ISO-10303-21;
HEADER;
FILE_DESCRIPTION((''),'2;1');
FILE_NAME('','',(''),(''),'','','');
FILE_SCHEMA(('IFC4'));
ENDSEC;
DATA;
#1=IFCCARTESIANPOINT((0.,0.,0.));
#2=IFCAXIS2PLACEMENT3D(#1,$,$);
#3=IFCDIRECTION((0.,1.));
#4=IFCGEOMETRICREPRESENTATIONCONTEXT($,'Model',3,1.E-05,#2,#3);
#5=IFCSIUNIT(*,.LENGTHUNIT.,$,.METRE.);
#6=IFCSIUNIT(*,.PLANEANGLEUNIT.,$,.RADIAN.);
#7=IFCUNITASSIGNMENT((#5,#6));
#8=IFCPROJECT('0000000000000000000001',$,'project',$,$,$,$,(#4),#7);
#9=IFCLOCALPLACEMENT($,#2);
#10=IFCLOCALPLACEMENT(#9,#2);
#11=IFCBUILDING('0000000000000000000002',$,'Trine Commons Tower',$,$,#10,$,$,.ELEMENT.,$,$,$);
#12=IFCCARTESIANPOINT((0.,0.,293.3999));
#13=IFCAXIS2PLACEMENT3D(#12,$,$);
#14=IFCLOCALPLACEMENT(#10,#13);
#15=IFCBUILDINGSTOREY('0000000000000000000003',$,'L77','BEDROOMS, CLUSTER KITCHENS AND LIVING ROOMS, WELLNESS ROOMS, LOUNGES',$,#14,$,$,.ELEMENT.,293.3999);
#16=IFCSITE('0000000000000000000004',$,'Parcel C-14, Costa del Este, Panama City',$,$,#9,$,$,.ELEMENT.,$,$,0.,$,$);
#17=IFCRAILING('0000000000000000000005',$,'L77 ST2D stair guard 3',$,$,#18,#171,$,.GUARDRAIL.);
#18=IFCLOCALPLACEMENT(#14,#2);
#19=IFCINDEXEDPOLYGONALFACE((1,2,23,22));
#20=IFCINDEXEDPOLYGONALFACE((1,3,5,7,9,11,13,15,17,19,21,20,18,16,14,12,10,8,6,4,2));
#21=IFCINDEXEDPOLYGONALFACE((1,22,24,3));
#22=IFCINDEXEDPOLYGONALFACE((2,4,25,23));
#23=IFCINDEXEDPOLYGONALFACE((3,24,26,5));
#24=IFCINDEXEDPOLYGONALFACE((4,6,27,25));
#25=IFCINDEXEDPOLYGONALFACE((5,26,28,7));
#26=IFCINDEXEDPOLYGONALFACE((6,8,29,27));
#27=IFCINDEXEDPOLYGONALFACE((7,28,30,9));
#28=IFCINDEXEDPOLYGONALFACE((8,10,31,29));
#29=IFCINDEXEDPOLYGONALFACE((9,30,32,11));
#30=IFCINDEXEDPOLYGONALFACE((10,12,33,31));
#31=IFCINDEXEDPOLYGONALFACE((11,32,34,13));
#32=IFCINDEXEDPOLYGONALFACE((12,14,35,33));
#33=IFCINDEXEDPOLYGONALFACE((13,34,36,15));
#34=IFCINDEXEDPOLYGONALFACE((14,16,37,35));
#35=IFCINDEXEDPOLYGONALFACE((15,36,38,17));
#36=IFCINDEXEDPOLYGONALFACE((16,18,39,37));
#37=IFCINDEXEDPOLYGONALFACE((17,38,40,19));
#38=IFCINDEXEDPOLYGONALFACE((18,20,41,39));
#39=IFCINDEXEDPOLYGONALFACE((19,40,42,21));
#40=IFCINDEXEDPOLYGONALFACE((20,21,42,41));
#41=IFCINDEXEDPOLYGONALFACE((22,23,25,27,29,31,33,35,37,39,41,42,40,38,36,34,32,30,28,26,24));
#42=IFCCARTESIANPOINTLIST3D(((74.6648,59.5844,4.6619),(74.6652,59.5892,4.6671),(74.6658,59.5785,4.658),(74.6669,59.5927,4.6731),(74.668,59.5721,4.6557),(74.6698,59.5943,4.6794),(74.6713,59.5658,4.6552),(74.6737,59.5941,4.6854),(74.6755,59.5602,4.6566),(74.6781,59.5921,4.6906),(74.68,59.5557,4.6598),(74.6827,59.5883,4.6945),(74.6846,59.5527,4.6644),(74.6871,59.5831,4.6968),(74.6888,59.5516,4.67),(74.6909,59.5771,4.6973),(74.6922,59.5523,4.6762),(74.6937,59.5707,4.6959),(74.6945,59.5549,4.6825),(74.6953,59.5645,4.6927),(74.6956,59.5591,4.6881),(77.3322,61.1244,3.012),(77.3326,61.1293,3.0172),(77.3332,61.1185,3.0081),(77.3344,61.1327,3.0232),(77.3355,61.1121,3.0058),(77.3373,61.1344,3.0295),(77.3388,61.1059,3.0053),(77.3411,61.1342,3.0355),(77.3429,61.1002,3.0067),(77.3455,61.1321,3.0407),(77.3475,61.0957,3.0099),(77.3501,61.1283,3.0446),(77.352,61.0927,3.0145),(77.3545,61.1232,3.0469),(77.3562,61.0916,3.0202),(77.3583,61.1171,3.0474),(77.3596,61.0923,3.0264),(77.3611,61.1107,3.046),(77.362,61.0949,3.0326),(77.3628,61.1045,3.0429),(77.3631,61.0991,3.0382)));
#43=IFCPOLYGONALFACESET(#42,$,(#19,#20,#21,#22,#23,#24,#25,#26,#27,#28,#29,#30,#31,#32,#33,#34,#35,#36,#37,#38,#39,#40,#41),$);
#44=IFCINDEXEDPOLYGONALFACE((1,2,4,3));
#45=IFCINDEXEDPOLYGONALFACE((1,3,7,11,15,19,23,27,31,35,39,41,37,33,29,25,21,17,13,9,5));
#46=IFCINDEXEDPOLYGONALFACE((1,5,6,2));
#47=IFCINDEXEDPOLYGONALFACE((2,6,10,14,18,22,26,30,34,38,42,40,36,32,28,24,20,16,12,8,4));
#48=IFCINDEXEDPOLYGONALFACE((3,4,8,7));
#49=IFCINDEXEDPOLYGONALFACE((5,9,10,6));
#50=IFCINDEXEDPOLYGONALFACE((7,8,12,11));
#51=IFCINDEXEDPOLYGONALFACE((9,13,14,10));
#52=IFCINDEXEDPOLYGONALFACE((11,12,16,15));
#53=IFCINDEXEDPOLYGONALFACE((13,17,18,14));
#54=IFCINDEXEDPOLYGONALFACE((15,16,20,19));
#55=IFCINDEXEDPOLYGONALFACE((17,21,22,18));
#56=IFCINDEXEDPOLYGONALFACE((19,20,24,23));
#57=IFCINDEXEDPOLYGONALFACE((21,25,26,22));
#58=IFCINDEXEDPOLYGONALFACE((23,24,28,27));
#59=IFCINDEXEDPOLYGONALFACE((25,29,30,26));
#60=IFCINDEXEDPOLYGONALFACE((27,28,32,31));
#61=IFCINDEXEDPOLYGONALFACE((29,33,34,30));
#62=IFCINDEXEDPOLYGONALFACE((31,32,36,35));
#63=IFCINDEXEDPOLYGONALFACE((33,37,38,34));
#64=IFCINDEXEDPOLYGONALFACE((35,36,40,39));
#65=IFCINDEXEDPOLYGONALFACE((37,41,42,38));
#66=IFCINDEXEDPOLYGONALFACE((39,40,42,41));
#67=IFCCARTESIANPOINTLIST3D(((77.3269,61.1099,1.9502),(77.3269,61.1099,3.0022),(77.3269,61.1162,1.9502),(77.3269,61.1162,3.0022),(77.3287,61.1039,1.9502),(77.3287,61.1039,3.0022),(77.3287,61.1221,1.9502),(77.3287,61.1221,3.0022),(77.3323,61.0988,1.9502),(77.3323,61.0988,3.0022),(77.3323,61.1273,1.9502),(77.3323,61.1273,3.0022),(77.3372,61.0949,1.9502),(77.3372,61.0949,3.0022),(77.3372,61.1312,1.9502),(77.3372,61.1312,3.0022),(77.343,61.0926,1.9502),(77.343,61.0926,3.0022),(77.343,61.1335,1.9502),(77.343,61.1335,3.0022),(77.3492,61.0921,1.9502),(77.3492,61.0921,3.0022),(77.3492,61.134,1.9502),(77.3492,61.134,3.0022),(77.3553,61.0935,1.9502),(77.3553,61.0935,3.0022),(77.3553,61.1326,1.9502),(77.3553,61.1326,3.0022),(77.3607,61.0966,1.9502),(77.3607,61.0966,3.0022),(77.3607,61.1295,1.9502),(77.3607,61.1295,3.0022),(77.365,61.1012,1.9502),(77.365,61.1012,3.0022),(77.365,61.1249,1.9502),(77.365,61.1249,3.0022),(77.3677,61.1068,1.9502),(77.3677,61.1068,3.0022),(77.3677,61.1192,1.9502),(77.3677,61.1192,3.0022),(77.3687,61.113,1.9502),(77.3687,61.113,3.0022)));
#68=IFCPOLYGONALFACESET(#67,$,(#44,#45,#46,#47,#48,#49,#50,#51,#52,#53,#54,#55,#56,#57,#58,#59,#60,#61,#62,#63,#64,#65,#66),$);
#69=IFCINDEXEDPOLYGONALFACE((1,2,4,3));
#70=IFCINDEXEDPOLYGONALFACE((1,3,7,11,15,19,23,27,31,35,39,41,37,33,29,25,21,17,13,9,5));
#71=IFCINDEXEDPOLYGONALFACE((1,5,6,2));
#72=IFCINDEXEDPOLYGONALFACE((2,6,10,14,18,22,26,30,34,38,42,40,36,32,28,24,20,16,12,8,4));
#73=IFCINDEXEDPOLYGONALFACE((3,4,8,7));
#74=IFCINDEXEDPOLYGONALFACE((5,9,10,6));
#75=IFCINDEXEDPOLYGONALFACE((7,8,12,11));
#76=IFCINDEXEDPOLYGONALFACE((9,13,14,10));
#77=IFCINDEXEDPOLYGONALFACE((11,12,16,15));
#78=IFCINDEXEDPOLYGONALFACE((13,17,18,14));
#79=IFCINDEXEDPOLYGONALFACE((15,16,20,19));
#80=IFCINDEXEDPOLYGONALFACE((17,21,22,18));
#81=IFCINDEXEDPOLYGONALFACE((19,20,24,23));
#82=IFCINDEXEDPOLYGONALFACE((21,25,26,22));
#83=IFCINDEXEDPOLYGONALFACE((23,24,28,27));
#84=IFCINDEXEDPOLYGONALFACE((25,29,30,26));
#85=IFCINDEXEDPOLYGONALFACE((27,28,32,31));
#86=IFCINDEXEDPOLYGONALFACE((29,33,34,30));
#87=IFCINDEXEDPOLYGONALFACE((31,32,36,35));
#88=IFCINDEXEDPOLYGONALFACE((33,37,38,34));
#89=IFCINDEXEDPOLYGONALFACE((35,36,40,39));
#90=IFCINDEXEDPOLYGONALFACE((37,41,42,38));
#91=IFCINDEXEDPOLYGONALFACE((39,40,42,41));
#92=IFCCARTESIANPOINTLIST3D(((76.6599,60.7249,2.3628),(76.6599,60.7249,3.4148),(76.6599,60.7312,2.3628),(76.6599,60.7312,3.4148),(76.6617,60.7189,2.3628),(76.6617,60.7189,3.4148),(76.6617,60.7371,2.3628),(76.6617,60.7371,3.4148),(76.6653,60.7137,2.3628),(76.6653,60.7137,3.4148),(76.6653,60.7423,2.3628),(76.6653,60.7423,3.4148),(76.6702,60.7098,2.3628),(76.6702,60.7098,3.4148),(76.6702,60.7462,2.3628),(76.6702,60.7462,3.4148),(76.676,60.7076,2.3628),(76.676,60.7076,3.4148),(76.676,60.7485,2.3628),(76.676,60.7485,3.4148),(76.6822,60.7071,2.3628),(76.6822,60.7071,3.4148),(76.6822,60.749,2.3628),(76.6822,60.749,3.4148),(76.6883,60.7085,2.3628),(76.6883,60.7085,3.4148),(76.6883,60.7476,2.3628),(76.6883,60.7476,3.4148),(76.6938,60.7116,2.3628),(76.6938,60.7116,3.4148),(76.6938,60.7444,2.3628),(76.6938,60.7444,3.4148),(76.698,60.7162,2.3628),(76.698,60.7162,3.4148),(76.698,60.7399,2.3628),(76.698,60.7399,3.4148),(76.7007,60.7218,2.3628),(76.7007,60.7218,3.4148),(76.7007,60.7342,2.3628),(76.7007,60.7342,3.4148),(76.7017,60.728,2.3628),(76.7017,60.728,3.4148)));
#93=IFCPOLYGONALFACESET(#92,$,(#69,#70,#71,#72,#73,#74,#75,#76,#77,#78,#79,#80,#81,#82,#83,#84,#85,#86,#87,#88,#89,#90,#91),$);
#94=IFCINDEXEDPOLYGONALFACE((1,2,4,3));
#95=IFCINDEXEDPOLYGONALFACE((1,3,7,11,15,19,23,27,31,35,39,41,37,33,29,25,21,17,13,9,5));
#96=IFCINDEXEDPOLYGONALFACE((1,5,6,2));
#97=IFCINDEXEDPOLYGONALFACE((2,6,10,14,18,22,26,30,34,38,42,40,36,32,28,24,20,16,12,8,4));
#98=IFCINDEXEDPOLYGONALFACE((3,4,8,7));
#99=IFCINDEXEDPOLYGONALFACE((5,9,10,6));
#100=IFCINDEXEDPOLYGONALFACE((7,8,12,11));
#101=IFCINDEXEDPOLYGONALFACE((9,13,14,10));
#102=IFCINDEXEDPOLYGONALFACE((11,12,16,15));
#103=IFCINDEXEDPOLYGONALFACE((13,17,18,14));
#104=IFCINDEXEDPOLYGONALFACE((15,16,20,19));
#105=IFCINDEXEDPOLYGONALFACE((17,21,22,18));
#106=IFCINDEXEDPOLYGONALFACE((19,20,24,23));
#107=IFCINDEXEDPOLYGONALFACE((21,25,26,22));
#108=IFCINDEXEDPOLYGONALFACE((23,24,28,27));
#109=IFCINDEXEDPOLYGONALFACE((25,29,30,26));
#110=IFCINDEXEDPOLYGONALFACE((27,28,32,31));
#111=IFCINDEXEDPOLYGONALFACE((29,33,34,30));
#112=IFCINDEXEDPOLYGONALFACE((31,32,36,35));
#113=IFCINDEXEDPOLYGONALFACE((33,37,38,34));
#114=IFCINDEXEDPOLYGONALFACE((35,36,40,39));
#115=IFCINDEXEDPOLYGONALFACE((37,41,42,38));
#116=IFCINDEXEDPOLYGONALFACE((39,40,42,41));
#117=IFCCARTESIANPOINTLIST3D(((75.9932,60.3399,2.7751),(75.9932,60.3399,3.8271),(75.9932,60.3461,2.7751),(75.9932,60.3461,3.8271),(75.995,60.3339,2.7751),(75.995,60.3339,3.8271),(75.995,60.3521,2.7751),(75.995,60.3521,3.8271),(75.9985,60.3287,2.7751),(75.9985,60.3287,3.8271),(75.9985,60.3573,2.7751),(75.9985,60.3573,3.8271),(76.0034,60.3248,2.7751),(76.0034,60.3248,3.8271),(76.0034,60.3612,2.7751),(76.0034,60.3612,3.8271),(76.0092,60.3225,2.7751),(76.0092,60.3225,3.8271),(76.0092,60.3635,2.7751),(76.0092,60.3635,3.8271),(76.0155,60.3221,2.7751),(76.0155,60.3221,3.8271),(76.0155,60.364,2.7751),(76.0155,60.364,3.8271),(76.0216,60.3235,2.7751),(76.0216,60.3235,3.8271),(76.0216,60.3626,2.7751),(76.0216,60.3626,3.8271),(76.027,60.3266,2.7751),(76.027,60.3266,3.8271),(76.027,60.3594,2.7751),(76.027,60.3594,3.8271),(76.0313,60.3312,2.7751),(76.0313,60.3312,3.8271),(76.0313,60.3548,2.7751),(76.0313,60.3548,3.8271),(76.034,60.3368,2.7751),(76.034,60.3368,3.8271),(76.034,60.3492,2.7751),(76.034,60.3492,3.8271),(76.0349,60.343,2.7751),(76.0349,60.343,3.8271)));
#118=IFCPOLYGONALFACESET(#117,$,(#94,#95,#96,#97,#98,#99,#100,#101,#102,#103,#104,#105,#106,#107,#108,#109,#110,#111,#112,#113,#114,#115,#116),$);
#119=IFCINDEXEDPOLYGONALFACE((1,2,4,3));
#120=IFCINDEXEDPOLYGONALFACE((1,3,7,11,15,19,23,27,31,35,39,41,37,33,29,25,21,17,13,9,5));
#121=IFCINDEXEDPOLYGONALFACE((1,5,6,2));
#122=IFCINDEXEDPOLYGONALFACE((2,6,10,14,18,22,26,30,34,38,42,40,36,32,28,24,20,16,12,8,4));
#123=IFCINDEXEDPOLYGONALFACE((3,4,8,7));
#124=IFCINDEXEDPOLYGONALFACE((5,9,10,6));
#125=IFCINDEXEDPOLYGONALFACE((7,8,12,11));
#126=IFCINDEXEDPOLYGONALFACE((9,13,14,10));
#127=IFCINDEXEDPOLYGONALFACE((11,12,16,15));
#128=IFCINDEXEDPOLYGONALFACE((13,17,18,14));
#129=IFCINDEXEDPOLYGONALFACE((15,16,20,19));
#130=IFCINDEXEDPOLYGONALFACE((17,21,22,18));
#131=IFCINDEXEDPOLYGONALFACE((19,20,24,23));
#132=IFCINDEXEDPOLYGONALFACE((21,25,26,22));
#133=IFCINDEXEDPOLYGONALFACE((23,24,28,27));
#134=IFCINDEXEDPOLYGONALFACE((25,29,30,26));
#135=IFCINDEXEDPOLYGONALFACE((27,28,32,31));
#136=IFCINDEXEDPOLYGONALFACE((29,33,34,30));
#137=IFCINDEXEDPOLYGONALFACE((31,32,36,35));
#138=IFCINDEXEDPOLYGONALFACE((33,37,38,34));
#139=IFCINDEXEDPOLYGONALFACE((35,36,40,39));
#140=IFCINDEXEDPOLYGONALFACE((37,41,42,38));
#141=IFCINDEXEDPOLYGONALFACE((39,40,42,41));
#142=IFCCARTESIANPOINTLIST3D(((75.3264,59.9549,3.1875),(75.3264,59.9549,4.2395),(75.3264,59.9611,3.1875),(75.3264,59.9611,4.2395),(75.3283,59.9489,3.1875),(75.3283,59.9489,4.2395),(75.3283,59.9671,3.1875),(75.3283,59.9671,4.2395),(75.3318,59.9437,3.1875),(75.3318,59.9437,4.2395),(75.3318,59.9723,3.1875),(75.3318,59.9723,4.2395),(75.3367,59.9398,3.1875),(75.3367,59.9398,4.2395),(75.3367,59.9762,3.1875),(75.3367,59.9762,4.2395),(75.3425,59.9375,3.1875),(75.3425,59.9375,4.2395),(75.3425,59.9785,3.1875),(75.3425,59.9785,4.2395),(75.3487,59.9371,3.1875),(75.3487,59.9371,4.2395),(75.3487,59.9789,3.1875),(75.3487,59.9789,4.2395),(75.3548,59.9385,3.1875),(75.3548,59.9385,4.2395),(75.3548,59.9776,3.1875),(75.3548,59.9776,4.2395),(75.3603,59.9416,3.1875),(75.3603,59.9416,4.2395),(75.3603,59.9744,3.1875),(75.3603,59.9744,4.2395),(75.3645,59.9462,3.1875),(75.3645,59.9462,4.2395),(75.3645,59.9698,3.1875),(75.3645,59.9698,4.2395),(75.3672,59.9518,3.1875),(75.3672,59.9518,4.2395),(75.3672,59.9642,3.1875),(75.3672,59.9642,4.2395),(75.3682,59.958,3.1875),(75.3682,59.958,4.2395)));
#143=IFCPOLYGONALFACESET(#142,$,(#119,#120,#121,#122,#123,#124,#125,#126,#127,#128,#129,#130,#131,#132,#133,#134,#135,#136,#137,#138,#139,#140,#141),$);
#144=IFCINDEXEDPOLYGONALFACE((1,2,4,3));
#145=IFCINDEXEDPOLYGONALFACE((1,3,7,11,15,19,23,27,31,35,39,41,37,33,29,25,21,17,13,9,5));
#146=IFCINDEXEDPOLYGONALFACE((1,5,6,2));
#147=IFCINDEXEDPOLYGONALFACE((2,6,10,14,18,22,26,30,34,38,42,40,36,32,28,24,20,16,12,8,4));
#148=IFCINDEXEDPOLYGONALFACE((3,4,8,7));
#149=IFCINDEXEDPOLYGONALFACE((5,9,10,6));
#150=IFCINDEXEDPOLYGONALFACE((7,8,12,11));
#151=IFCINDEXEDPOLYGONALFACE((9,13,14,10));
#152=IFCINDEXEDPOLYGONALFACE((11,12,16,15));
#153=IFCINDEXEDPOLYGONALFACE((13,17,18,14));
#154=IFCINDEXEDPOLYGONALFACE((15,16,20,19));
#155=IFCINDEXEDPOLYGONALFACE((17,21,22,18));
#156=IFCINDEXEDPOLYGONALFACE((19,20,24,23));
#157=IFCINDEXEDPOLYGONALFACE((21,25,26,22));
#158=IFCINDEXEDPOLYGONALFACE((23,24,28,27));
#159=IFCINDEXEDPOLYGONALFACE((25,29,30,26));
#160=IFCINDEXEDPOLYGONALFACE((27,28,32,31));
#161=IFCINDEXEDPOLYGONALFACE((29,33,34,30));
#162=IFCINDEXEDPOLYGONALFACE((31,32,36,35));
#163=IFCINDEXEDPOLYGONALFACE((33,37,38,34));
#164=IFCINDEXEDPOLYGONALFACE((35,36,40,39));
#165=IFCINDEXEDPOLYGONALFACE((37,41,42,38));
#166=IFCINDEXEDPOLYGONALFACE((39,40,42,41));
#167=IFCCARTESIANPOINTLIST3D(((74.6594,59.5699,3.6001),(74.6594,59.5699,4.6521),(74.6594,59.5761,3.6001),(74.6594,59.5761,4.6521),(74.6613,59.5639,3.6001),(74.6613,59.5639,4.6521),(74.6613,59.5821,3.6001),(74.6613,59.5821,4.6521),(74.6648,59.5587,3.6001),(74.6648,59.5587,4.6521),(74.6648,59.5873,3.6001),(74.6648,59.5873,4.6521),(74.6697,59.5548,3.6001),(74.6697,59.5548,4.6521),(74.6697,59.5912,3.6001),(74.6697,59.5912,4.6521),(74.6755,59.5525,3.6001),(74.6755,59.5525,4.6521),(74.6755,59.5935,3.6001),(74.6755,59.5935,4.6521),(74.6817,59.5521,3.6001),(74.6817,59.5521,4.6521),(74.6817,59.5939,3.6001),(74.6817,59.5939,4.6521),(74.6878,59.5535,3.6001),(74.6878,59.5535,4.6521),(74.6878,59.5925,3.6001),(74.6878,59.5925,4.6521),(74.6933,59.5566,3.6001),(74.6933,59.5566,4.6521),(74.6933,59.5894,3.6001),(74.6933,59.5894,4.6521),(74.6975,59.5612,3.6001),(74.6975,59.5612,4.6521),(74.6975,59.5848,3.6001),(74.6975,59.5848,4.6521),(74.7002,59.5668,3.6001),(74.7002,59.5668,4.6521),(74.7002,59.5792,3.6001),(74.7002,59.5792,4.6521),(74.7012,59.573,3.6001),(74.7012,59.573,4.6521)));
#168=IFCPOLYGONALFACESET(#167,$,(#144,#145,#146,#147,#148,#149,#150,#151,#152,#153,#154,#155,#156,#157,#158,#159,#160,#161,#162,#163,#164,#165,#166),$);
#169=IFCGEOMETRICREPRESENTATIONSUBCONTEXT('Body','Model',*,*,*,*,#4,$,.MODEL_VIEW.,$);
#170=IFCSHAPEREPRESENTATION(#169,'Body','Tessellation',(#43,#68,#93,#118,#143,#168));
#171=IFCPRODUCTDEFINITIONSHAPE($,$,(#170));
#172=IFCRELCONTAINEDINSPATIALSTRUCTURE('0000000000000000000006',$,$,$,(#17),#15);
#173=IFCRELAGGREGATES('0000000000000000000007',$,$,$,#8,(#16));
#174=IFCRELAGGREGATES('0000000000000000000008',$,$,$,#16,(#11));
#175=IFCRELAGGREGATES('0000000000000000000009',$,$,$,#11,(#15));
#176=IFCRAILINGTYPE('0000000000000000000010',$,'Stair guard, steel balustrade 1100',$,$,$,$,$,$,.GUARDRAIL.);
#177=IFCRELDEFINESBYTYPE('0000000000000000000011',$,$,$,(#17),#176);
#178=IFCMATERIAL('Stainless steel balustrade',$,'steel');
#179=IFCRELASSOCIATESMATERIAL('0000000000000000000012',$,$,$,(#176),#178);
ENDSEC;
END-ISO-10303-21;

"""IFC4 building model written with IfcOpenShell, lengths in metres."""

from ifc_helpers import new_model, si_unit, direction, frame, origin, origin_2d, place, context, subcontext, project, spatial, circle, extrude, material, type_object, element, save


model = new_model("IFC4")

# Units and contexts
model_context = context("Model", 3, precision=1e-05, world=origin(), true_north=direction((0.0, 1.0)))
body_context = subcontext(model_context, "Body", "Model", "MODEL_VIEW")
ifc_project = project(units=[si_unit("LENGTHUNIT", "METRE"), si_unit("PLANEANGLEUNIT", "RADIAN")], contexts=[model_context])

# Site, building, storey
site_placement = place(None, origin())
site = spatial("IfcSite", under=ifc_project, at=site_placement, Name="Parcel C-14, Costa del Este, Panama City", CompositionType="ELEMENT", RefElevation=0.0)
building_placement = place(site_placement, origin())
building = spatial("IfcBuilding", under=site, at=building_placement, Name="Trine Commons Tower", CompositionType="ELEMENT")
storey_placement = place(building_placement, frame((0.0, 0.0, 293.3999)))
storey = spatial("IfcBuildingStorey", under=building, at=storey_placement, Name="L77", Description="BEDROOMS, CLUSTER KITCHENS AND LIVING ROOMS, WELLNESS ROOMS, LOUNGES", CompositionType="ELEMENT", Elevation=293.3999)

# Railing
ifc_material_1 = material(Name="Stainless steel balustrade", Category="steel")
railing_type_1 = type_object("IfcRailingType", Name="Stair guard, steel balustrade 1100", PredefinedType="GUARDRAIL", material=ifc_material_1)
railing_1_placement = place(storey_placement, frame((77.3477, 61.113, 1.9502)))
element("IfcRailing", 1, at=railing_1_placement, inside=storey, type_object=railing_type_1, Name="L77 ST2D stair guard 3", PredefinedType="GUARDRAIL", context=body_context, shape_type="SweptSolid", body=[
    extrude(circle(Radius=0.0239, at=origin_2d()), frame((0.0, 0.0, 1.0762), z_axis=(-0.763405, -0.440743, 0.472185), x_axis=(0.499992, -0.86603, 0.0)), (0.0, 0.0, 1.0), 3.4941),
    extrude(circle(Radius=0.021, at=origin_2d()), origin(), (0.0, 0.0, 1.0), 1.052),
    extrude(circle(Radius=0.021, at=origin_2d()), frame((-0.667, -0.385, 0.4126)), (0.0, 0.0, 1.0), 1.052),
    extrude(circle(Radius=0.021, at=origin_2d()), frame((-1.3337, -0.77, 0.825)), (0.0, 0.0, 1.0), 1.052),
    extrude(circle(Radius=0.021, at=origin_2d()), frame((-2.0005, -1.155, 1.2373)), (0.0, 0.0, 1.0), 1.052),
    extrude(circle(Radius=0.021, at=origin_2d()), frame((-2.6675, -1.54, 1.6499)), (0.0, 0.0, 1.0), 1.052),
])

save(model, "model.ifc")
